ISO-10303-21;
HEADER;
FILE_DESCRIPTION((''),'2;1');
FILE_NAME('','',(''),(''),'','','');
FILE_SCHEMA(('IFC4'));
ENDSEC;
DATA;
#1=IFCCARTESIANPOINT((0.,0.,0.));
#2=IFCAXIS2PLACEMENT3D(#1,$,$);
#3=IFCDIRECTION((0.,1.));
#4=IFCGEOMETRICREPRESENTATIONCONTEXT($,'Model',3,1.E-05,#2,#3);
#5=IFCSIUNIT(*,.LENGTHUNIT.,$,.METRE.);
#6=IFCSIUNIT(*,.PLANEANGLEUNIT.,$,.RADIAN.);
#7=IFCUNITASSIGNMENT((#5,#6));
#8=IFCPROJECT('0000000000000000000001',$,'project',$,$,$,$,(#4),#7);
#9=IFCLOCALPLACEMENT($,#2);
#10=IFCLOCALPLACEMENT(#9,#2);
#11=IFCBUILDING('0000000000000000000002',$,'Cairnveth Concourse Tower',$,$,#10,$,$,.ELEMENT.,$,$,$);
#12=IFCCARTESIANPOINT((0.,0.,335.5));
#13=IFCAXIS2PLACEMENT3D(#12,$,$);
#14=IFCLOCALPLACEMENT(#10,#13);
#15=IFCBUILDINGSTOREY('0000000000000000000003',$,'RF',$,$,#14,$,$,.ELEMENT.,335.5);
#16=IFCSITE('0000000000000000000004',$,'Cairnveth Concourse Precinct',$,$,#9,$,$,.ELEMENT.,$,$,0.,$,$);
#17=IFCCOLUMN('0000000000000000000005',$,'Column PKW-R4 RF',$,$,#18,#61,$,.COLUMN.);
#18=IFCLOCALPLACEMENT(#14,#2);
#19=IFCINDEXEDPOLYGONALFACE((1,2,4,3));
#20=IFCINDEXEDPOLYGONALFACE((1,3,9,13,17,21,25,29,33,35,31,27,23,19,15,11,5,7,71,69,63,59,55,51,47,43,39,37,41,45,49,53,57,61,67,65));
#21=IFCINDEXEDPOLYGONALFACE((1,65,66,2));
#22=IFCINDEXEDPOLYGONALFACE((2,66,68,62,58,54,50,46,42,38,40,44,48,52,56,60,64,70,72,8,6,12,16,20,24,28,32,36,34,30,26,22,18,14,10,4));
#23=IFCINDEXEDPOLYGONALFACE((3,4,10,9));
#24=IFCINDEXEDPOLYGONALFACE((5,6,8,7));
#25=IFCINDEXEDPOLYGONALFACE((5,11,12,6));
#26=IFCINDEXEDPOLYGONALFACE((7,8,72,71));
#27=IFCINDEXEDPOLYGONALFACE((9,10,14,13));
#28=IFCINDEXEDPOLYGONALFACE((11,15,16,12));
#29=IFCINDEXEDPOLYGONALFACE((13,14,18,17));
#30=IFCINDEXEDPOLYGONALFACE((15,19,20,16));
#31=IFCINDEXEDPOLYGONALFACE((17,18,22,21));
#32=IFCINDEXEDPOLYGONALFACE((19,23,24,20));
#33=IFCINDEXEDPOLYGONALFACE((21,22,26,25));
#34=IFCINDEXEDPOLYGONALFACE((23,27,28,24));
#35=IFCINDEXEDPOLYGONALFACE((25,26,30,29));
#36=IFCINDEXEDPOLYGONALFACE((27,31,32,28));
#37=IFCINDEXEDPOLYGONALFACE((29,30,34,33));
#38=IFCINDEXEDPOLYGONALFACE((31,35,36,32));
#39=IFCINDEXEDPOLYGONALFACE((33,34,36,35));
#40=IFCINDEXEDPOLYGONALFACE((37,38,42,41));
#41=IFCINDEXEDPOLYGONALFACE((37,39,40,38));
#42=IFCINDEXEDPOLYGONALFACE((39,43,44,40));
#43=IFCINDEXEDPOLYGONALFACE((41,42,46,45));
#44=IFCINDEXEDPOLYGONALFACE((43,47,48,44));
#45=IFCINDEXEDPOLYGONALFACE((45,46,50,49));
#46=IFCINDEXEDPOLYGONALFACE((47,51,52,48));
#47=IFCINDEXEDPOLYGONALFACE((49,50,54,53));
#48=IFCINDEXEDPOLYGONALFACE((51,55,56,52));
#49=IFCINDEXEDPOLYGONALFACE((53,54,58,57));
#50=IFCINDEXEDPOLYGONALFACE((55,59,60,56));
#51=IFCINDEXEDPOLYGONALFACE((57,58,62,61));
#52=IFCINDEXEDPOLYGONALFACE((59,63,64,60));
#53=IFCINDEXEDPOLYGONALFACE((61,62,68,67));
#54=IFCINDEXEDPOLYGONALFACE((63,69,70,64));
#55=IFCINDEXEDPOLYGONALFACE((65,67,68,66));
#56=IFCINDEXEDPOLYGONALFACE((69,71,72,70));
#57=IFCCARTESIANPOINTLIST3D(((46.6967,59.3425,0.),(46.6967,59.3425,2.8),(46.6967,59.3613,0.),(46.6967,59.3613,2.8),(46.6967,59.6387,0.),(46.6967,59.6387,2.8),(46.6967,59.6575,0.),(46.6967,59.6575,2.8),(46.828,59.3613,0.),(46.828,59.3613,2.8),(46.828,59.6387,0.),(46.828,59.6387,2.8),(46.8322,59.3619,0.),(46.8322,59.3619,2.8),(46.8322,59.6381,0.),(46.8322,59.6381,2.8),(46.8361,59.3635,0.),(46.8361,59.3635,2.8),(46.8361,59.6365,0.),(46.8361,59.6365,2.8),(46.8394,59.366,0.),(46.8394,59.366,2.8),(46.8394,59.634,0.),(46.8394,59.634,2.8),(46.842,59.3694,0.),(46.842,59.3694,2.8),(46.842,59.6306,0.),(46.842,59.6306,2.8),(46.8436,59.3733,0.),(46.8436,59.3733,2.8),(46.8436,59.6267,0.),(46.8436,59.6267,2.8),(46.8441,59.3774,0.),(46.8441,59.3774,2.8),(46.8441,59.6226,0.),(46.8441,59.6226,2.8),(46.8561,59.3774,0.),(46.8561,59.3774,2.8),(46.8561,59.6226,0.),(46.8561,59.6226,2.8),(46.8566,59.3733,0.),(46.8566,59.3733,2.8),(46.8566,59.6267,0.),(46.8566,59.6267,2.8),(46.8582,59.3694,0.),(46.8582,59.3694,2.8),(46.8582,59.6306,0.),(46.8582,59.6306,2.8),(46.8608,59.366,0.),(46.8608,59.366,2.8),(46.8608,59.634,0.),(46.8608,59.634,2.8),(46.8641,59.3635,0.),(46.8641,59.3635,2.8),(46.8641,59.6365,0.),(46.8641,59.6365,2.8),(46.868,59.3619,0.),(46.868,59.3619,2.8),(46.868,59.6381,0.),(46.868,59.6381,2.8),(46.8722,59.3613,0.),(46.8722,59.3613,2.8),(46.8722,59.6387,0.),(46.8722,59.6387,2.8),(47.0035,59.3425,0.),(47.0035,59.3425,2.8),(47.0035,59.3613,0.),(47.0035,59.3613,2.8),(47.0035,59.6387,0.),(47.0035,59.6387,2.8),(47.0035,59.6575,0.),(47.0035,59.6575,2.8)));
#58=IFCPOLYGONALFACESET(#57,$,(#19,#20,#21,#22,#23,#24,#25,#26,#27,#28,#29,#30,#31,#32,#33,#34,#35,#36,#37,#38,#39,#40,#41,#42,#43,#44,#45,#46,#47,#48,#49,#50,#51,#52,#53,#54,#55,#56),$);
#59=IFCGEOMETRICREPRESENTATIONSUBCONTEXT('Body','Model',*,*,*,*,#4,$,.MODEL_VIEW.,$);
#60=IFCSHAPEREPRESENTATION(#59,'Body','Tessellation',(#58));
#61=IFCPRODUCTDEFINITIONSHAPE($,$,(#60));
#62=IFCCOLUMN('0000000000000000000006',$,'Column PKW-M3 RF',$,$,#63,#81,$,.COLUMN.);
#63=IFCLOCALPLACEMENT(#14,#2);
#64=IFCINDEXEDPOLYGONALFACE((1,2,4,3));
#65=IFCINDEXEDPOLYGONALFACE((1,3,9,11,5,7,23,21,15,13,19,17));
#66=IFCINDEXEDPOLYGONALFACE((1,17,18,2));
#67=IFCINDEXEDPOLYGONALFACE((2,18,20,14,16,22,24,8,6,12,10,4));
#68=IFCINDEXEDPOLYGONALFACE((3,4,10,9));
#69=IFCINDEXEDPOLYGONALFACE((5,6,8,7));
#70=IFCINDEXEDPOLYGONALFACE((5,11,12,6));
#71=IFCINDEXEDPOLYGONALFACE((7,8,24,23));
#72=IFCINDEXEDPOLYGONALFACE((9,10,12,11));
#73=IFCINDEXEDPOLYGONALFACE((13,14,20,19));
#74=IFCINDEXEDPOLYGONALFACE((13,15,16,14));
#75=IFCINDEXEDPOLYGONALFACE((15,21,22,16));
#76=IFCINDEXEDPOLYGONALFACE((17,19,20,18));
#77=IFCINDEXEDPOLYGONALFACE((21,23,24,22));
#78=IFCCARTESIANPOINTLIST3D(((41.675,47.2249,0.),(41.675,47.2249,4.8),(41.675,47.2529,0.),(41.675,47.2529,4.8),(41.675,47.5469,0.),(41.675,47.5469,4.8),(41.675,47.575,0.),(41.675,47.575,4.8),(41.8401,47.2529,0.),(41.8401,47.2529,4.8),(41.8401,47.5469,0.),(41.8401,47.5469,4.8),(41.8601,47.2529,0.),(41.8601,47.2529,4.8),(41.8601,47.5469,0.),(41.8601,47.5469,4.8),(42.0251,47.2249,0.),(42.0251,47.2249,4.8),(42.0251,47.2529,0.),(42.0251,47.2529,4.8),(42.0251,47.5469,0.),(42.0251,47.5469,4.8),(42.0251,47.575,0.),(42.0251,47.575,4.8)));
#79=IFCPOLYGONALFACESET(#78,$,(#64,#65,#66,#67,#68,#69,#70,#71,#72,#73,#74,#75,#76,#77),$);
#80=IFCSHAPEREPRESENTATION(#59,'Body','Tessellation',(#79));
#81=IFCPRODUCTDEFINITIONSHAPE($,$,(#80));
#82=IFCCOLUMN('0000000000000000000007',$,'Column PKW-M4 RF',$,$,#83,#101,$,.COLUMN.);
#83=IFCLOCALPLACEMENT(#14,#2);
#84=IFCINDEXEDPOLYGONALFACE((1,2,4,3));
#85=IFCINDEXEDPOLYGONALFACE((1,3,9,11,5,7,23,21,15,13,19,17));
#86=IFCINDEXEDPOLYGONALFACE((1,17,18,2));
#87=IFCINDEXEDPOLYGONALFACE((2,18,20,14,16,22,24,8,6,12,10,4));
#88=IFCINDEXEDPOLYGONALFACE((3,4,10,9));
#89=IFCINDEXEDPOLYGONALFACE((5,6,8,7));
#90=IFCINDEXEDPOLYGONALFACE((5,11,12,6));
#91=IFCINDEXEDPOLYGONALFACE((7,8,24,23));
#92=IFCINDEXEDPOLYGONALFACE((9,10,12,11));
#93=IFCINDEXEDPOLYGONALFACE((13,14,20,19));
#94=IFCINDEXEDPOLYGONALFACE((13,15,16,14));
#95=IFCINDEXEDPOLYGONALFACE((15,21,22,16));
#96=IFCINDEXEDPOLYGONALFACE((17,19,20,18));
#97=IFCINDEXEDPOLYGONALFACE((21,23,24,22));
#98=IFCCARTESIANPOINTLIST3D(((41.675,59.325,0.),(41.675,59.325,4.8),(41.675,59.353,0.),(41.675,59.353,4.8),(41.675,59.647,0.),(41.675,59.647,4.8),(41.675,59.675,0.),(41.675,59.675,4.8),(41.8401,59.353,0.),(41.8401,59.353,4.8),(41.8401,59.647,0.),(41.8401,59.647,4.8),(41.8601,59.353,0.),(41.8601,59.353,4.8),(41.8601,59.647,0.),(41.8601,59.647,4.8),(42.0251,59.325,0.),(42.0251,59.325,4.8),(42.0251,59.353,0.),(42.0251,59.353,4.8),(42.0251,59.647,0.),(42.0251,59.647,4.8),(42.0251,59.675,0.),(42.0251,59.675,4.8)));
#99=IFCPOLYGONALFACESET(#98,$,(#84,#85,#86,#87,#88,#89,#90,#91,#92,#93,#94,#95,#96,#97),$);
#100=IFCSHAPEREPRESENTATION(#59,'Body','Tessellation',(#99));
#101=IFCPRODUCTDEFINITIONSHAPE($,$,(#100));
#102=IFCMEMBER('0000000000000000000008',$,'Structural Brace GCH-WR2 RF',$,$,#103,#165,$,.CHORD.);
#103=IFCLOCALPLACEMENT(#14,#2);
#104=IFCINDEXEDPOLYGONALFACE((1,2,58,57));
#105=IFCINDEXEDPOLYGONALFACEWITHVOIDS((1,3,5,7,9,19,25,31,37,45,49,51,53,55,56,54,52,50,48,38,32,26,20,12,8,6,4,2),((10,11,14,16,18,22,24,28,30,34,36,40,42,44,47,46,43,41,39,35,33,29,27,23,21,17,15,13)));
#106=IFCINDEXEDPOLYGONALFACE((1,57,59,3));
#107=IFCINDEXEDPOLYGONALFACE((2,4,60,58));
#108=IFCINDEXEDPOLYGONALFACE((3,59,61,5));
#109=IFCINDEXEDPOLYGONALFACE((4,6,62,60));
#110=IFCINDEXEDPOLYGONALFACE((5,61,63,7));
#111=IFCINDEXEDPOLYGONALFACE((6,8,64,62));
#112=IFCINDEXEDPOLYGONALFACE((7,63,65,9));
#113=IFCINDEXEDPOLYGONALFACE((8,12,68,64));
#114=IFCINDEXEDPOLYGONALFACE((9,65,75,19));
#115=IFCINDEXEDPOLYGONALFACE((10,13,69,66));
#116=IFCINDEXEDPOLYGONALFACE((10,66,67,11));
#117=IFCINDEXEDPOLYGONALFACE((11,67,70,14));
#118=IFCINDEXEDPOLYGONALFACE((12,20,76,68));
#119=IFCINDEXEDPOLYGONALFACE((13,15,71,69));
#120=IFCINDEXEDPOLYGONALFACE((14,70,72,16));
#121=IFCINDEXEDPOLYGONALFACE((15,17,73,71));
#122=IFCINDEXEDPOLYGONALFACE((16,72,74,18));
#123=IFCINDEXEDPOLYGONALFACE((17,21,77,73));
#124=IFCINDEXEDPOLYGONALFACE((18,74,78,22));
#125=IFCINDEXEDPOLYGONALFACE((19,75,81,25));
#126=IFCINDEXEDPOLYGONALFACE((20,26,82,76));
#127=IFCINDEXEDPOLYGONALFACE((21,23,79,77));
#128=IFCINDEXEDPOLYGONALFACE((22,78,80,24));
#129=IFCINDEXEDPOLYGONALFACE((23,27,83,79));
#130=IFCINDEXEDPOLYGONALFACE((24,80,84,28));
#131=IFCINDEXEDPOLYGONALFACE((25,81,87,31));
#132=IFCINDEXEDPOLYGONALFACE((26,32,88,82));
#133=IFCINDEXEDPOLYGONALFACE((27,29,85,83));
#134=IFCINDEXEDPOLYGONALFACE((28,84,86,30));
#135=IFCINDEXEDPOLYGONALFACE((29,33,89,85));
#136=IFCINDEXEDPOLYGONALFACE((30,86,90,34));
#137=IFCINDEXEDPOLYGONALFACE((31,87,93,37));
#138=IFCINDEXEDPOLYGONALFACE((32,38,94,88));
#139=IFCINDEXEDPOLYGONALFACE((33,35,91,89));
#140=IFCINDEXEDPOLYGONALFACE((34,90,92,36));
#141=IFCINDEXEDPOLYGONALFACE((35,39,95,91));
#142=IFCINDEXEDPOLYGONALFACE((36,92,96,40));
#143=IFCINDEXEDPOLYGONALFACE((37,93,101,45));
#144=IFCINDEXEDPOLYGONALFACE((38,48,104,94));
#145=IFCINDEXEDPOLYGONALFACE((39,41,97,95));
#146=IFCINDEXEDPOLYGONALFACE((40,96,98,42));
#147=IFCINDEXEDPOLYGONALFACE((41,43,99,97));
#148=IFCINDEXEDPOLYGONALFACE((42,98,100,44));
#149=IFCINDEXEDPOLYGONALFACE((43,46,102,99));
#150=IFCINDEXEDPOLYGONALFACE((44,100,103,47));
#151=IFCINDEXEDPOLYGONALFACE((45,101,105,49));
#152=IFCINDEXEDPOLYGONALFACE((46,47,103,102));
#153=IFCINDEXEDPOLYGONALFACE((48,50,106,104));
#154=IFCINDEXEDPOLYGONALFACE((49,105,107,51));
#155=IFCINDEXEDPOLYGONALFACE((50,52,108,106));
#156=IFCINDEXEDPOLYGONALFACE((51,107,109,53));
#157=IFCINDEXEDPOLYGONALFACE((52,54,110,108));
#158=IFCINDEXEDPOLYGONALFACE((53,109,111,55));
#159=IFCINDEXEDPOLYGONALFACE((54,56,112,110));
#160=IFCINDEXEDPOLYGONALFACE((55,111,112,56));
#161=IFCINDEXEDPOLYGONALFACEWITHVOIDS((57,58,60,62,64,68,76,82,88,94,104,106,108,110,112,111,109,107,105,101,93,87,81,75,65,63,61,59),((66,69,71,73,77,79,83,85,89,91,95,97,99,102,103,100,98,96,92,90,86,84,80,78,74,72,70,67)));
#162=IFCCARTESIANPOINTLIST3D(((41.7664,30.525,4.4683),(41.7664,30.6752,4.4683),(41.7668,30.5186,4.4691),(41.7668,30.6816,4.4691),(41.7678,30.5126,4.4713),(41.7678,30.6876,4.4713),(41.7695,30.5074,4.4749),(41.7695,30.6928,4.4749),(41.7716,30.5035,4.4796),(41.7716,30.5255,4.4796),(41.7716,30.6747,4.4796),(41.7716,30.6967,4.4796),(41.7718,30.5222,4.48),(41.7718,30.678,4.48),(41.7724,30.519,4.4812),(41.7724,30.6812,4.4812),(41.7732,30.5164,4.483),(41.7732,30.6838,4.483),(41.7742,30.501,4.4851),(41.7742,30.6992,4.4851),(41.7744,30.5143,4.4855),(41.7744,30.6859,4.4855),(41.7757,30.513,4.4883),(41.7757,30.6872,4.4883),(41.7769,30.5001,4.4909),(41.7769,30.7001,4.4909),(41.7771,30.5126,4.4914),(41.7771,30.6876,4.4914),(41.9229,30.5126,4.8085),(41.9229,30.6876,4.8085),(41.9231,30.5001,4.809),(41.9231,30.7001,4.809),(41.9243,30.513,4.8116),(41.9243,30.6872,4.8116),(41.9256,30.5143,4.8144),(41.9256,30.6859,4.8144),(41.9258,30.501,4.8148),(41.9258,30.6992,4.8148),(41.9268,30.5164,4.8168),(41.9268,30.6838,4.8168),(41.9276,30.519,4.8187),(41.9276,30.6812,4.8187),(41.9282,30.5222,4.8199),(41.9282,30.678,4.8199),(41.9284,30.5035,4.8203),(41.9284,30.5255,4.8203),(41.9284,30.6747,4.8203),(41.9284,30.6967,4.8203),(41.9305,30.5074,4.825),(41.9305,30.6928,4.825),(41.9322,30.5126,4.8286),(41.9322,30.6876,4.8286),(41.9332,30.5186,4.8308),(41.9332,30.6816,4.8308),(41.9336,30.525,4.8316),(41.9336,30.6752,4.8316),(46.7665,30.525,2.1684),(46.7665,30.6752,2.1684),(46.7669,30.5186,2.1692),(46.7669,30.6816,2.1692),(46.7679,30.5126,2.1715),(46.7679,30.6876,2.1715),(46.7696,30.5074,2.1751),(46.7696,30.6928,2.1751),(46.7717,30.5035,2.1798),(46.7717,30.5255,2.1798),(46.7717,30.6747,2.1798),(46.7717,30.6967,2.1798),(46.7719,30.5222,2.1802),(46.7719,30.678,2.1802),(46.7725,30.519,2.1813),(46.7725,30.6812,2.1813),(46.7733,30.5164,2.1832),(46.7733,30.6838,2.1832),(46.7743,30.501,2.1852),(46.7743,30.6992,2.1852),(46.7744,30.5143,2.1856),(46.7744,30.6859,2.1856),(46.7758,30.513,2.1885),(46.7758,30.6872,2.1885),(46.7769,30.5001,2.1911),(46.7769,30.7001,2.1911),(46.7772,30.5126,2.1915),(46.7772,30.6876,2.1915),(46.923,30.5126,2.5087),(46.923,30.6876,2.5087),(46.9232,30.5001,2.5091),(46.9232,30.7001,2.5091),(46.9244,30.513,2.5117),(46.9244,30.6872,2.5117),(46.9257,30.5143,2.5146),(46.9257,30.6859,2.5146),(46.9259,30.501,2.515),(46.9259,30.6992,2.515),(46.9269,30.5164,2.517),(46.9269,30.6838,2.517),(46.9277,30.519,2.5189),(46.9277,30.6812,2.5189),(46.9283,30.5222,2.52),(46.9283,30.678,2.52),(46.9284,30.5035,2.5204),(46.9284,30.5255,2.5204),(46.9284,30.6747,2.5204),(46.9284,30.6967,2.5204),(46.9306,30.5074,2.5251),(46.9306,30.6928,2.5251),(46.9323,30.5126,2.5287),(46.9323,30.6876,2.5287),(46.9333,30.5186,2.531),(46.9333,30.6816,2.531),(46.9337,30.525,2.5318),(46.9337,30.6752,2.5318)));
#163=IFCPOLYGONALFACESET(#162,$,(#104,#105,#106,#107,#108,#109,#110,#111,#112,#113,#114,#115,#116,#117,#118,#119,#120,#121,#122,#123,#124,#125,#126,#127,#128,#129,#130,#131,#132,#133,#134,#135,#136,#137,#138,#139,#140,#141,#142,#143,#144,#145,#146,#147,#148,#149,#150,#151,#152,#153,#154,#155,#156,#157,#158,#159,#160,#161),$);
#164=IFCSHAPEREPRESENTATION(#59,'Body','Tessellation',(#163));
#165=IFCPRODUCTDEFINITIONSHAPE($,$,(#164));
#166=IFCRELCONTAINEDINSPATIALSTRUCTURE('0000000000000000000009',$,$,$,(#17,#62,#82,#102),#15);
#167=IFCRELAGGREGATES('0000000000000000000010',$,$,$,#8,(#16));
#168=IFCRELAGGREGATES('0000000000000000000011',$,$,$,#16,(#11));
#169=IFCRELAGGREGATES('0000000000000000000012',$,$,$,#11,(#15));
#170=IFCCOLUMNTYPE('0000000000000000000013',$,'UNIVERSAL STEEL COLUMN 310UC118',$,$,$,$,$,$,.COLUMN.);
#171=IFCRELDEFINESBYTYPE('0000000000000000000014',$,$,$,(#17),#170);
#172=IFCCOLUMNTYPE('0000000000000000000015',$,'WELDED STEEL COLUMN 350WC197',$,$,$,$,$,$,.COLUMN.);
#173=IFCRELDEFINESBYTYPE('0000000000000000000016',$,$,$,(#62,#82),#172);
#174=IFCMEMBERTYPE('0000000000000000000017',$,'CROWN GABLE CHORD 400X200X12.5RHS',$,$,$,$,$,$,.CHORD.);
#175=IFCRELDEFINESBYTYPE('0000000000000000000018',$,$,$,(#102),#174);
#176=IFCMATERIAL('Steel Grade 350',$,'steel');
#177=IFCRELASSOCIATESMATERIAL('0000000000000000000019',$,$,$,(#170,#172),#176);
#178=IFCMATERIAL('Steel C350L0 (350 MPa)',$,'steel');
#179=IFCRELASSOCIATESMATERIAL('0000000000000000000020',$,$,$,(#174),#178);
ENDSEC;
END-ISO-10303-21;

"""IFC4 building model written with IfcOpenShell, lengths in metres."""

from ifc_helpers import new_model, si_unit, direction, frame, origin, origin_2d, place, context, subcontext, project, spatial, hollow_rectangle, i_section, extrude, material, material_profile, profile_set, type_object, element, save


model = new_model("IFC4")

# Units and contexts
model_context = context("Model", 3, precision=1e-05, world=origin(), true_north=direction((0.0, 1.0)))
body_context = subcontext(model_context, "Body", "Model", "MODEL_VIEW")
ifc_project = project(units=[si_unit("LENGTHUNIT", "METRE"), si_unit("PLANEANGLEUNIT", "RADIAN")], contexts=[model_context])

# Site, building, storey
site_placement = place(None, origin())
site = spatial("IfcSite", under=ifc_project, at=site_placement, Name="Cairnveth Concourse Precinct", CompositionType="ELEMENT", RefElevation=0.0)
building_placement = place(site_placement, origin())
building = spatial("IfcBuilding", under=site, at=building_placement, Name="Cairnveth Concourse Tower", CompositionType="ELEMENT")
storey_placement = place(building_placement, frame((0.0, 0.0, 335.5)))
storey = spatial("IfcBuildingStorey", under=building, at=storey_placement, Name="RF", CompositionType="ELEMENT", Elevation=335.5)

# Columns
ifc_material_1 = material(Name="Steel Grade 350", Category="steel")
ifc_material_profile_1 = material_profile(ifc_material_1, i_section(OverallWidth=0.3069, OverallDepth=0.3149, WebThickness=0.012, FlangeThickness=0.0188, FilletRadius=0.0161, at=origin_2d()), Name="310UC118")
ifc_profile_set_1 = profile_set([ifc_material_profile_1], Name="Steel Grade 350")
column_type_1 = type_object("IfcColumnType", Name="UNIVERSAL STEEL COLUMN 310UC118", PredefinedType="COLUMN", material=ifc_profile_set_1)
for number, where, z_axis, x_axis, name in (
    (1, (46.8501, 59.5, 0.0), (0.0, 0.0, 1.0), (1.0, 0.0, 0.0), "Column PKW-R4 RF"),
):
    element("IfcColumn", number, at=place(storey_placement, frame(where, z_axis=z_axis, x_axis=x_axis)), inside=storey, type_object=column_type_1, Name=name, PredefinedType="COLUMN", context=body_context, shape_type="SweptSolid", body=[
        extrude(i_section(OverallWidth=0.3069, OverallDepth=0.3149, WebThickness=0.012, FlangeThickness=0.0188, FilletRadius=0.0161, at=origin_2d()), origin(), (0.0, 0.0, 1.0), 2.8),
    ])
ifc_material_profile_2 = material_profile(ifc_material_1, i_section(OverallWidth=0.3501, OverallDepth=0.3501, WebThickness=0.02, FlangeThickness=0.0281, at=origin_2d()), Name="350WC197")
ifc_profile_set_2 = profile_set([ifc_material_profile_2], Name="Steel Grade 350")
column_type_2 = type_object("IfcColumnType", Name="WELDED STEEL COLUMN 350WC197", PredefinedType="COLUMN", material=ifc_profile_set_2)
for number, where, z_axis, x_axis, name in (
    (2, (41.8501, 47.3999, 0.0), (0.0, 0.0, 1.0), (1.0, 0.0, 0.0), "Column PKW-M3 RF"),
    (3, (41.8501, 59.5, 0.0), (0.0, 0.0, 1.0), (1.0, 0.0, 0.0), "Column PKW-M4 RF"),
):
    element("IfcColumn", number, at=place(storey_placement, frame(where, z_axis=z_axis, x_axis=x_axis)), inside=storey, type_object=column_type_2, Name=name, PredefinedType="COLUMN", context=body_context, shape_type="SweptSolid", body=[
        extrude(i_section(OverallWidth=0.3501, OverallDepth=0.3501, WebThickness=0.02, FlangeThickness=0.0281, at=origin_2d()), origin(), (0.0, 0.0, 1.0), 4.8),
    ])

# Member
ifc_material_2 = material(Name="Steel C350L0 (350 MPa)", Category="steel")
ifc_material_profile_3 = material_profile(ifc_material_2, hollow_rectangle(XDim=0.2, YDim=0.3999, WallThickness=0.0125, InnerFilletRadius=0.0129, OuterFilletRadius=0.0249, at=origin_2d()), Name="400x200x12.5RHS")
ifc_profile_set_3 = profile_set([ifc_material_profile_3], Name="Steel C350L0 (350 MPa)")
member_type_1 = type_object("IfcMemberType", Name="CROWN GABLE CHORD 400X200X12.5RHS", PredefinedType="CHORD", material=ifc_profile_set_3)
for number, where, z_axis, x_axis, name in (
    (4, (46.8501, 30.6001, 2.3501), (-0.908504, 0.0, 0.417876), (0.0, -1.0, 0.0), "Structural Brace GCH-WR2 RF"),
):
    element("IfcMember", number, at=place(storey_placement, frame(where, z_axis=z_axis, x_axis=x_axis)), inside=storey, type_object=member_type_1, Name=name, PredefinedType="CHORD", context=body_context, shape_type="SweptSolid", body=[
        extrude(hollow_rectangle(XDim=0.2, YDim=0.3999, WallThickness=0.0125, InnerFilletRadius=0.0129, OuterFilletRadius=0.0249, at=origin_2d()), origin(), (0.0, 0.0, 1.0), 5.5037),
    ])

save(model, "model.ifc")
